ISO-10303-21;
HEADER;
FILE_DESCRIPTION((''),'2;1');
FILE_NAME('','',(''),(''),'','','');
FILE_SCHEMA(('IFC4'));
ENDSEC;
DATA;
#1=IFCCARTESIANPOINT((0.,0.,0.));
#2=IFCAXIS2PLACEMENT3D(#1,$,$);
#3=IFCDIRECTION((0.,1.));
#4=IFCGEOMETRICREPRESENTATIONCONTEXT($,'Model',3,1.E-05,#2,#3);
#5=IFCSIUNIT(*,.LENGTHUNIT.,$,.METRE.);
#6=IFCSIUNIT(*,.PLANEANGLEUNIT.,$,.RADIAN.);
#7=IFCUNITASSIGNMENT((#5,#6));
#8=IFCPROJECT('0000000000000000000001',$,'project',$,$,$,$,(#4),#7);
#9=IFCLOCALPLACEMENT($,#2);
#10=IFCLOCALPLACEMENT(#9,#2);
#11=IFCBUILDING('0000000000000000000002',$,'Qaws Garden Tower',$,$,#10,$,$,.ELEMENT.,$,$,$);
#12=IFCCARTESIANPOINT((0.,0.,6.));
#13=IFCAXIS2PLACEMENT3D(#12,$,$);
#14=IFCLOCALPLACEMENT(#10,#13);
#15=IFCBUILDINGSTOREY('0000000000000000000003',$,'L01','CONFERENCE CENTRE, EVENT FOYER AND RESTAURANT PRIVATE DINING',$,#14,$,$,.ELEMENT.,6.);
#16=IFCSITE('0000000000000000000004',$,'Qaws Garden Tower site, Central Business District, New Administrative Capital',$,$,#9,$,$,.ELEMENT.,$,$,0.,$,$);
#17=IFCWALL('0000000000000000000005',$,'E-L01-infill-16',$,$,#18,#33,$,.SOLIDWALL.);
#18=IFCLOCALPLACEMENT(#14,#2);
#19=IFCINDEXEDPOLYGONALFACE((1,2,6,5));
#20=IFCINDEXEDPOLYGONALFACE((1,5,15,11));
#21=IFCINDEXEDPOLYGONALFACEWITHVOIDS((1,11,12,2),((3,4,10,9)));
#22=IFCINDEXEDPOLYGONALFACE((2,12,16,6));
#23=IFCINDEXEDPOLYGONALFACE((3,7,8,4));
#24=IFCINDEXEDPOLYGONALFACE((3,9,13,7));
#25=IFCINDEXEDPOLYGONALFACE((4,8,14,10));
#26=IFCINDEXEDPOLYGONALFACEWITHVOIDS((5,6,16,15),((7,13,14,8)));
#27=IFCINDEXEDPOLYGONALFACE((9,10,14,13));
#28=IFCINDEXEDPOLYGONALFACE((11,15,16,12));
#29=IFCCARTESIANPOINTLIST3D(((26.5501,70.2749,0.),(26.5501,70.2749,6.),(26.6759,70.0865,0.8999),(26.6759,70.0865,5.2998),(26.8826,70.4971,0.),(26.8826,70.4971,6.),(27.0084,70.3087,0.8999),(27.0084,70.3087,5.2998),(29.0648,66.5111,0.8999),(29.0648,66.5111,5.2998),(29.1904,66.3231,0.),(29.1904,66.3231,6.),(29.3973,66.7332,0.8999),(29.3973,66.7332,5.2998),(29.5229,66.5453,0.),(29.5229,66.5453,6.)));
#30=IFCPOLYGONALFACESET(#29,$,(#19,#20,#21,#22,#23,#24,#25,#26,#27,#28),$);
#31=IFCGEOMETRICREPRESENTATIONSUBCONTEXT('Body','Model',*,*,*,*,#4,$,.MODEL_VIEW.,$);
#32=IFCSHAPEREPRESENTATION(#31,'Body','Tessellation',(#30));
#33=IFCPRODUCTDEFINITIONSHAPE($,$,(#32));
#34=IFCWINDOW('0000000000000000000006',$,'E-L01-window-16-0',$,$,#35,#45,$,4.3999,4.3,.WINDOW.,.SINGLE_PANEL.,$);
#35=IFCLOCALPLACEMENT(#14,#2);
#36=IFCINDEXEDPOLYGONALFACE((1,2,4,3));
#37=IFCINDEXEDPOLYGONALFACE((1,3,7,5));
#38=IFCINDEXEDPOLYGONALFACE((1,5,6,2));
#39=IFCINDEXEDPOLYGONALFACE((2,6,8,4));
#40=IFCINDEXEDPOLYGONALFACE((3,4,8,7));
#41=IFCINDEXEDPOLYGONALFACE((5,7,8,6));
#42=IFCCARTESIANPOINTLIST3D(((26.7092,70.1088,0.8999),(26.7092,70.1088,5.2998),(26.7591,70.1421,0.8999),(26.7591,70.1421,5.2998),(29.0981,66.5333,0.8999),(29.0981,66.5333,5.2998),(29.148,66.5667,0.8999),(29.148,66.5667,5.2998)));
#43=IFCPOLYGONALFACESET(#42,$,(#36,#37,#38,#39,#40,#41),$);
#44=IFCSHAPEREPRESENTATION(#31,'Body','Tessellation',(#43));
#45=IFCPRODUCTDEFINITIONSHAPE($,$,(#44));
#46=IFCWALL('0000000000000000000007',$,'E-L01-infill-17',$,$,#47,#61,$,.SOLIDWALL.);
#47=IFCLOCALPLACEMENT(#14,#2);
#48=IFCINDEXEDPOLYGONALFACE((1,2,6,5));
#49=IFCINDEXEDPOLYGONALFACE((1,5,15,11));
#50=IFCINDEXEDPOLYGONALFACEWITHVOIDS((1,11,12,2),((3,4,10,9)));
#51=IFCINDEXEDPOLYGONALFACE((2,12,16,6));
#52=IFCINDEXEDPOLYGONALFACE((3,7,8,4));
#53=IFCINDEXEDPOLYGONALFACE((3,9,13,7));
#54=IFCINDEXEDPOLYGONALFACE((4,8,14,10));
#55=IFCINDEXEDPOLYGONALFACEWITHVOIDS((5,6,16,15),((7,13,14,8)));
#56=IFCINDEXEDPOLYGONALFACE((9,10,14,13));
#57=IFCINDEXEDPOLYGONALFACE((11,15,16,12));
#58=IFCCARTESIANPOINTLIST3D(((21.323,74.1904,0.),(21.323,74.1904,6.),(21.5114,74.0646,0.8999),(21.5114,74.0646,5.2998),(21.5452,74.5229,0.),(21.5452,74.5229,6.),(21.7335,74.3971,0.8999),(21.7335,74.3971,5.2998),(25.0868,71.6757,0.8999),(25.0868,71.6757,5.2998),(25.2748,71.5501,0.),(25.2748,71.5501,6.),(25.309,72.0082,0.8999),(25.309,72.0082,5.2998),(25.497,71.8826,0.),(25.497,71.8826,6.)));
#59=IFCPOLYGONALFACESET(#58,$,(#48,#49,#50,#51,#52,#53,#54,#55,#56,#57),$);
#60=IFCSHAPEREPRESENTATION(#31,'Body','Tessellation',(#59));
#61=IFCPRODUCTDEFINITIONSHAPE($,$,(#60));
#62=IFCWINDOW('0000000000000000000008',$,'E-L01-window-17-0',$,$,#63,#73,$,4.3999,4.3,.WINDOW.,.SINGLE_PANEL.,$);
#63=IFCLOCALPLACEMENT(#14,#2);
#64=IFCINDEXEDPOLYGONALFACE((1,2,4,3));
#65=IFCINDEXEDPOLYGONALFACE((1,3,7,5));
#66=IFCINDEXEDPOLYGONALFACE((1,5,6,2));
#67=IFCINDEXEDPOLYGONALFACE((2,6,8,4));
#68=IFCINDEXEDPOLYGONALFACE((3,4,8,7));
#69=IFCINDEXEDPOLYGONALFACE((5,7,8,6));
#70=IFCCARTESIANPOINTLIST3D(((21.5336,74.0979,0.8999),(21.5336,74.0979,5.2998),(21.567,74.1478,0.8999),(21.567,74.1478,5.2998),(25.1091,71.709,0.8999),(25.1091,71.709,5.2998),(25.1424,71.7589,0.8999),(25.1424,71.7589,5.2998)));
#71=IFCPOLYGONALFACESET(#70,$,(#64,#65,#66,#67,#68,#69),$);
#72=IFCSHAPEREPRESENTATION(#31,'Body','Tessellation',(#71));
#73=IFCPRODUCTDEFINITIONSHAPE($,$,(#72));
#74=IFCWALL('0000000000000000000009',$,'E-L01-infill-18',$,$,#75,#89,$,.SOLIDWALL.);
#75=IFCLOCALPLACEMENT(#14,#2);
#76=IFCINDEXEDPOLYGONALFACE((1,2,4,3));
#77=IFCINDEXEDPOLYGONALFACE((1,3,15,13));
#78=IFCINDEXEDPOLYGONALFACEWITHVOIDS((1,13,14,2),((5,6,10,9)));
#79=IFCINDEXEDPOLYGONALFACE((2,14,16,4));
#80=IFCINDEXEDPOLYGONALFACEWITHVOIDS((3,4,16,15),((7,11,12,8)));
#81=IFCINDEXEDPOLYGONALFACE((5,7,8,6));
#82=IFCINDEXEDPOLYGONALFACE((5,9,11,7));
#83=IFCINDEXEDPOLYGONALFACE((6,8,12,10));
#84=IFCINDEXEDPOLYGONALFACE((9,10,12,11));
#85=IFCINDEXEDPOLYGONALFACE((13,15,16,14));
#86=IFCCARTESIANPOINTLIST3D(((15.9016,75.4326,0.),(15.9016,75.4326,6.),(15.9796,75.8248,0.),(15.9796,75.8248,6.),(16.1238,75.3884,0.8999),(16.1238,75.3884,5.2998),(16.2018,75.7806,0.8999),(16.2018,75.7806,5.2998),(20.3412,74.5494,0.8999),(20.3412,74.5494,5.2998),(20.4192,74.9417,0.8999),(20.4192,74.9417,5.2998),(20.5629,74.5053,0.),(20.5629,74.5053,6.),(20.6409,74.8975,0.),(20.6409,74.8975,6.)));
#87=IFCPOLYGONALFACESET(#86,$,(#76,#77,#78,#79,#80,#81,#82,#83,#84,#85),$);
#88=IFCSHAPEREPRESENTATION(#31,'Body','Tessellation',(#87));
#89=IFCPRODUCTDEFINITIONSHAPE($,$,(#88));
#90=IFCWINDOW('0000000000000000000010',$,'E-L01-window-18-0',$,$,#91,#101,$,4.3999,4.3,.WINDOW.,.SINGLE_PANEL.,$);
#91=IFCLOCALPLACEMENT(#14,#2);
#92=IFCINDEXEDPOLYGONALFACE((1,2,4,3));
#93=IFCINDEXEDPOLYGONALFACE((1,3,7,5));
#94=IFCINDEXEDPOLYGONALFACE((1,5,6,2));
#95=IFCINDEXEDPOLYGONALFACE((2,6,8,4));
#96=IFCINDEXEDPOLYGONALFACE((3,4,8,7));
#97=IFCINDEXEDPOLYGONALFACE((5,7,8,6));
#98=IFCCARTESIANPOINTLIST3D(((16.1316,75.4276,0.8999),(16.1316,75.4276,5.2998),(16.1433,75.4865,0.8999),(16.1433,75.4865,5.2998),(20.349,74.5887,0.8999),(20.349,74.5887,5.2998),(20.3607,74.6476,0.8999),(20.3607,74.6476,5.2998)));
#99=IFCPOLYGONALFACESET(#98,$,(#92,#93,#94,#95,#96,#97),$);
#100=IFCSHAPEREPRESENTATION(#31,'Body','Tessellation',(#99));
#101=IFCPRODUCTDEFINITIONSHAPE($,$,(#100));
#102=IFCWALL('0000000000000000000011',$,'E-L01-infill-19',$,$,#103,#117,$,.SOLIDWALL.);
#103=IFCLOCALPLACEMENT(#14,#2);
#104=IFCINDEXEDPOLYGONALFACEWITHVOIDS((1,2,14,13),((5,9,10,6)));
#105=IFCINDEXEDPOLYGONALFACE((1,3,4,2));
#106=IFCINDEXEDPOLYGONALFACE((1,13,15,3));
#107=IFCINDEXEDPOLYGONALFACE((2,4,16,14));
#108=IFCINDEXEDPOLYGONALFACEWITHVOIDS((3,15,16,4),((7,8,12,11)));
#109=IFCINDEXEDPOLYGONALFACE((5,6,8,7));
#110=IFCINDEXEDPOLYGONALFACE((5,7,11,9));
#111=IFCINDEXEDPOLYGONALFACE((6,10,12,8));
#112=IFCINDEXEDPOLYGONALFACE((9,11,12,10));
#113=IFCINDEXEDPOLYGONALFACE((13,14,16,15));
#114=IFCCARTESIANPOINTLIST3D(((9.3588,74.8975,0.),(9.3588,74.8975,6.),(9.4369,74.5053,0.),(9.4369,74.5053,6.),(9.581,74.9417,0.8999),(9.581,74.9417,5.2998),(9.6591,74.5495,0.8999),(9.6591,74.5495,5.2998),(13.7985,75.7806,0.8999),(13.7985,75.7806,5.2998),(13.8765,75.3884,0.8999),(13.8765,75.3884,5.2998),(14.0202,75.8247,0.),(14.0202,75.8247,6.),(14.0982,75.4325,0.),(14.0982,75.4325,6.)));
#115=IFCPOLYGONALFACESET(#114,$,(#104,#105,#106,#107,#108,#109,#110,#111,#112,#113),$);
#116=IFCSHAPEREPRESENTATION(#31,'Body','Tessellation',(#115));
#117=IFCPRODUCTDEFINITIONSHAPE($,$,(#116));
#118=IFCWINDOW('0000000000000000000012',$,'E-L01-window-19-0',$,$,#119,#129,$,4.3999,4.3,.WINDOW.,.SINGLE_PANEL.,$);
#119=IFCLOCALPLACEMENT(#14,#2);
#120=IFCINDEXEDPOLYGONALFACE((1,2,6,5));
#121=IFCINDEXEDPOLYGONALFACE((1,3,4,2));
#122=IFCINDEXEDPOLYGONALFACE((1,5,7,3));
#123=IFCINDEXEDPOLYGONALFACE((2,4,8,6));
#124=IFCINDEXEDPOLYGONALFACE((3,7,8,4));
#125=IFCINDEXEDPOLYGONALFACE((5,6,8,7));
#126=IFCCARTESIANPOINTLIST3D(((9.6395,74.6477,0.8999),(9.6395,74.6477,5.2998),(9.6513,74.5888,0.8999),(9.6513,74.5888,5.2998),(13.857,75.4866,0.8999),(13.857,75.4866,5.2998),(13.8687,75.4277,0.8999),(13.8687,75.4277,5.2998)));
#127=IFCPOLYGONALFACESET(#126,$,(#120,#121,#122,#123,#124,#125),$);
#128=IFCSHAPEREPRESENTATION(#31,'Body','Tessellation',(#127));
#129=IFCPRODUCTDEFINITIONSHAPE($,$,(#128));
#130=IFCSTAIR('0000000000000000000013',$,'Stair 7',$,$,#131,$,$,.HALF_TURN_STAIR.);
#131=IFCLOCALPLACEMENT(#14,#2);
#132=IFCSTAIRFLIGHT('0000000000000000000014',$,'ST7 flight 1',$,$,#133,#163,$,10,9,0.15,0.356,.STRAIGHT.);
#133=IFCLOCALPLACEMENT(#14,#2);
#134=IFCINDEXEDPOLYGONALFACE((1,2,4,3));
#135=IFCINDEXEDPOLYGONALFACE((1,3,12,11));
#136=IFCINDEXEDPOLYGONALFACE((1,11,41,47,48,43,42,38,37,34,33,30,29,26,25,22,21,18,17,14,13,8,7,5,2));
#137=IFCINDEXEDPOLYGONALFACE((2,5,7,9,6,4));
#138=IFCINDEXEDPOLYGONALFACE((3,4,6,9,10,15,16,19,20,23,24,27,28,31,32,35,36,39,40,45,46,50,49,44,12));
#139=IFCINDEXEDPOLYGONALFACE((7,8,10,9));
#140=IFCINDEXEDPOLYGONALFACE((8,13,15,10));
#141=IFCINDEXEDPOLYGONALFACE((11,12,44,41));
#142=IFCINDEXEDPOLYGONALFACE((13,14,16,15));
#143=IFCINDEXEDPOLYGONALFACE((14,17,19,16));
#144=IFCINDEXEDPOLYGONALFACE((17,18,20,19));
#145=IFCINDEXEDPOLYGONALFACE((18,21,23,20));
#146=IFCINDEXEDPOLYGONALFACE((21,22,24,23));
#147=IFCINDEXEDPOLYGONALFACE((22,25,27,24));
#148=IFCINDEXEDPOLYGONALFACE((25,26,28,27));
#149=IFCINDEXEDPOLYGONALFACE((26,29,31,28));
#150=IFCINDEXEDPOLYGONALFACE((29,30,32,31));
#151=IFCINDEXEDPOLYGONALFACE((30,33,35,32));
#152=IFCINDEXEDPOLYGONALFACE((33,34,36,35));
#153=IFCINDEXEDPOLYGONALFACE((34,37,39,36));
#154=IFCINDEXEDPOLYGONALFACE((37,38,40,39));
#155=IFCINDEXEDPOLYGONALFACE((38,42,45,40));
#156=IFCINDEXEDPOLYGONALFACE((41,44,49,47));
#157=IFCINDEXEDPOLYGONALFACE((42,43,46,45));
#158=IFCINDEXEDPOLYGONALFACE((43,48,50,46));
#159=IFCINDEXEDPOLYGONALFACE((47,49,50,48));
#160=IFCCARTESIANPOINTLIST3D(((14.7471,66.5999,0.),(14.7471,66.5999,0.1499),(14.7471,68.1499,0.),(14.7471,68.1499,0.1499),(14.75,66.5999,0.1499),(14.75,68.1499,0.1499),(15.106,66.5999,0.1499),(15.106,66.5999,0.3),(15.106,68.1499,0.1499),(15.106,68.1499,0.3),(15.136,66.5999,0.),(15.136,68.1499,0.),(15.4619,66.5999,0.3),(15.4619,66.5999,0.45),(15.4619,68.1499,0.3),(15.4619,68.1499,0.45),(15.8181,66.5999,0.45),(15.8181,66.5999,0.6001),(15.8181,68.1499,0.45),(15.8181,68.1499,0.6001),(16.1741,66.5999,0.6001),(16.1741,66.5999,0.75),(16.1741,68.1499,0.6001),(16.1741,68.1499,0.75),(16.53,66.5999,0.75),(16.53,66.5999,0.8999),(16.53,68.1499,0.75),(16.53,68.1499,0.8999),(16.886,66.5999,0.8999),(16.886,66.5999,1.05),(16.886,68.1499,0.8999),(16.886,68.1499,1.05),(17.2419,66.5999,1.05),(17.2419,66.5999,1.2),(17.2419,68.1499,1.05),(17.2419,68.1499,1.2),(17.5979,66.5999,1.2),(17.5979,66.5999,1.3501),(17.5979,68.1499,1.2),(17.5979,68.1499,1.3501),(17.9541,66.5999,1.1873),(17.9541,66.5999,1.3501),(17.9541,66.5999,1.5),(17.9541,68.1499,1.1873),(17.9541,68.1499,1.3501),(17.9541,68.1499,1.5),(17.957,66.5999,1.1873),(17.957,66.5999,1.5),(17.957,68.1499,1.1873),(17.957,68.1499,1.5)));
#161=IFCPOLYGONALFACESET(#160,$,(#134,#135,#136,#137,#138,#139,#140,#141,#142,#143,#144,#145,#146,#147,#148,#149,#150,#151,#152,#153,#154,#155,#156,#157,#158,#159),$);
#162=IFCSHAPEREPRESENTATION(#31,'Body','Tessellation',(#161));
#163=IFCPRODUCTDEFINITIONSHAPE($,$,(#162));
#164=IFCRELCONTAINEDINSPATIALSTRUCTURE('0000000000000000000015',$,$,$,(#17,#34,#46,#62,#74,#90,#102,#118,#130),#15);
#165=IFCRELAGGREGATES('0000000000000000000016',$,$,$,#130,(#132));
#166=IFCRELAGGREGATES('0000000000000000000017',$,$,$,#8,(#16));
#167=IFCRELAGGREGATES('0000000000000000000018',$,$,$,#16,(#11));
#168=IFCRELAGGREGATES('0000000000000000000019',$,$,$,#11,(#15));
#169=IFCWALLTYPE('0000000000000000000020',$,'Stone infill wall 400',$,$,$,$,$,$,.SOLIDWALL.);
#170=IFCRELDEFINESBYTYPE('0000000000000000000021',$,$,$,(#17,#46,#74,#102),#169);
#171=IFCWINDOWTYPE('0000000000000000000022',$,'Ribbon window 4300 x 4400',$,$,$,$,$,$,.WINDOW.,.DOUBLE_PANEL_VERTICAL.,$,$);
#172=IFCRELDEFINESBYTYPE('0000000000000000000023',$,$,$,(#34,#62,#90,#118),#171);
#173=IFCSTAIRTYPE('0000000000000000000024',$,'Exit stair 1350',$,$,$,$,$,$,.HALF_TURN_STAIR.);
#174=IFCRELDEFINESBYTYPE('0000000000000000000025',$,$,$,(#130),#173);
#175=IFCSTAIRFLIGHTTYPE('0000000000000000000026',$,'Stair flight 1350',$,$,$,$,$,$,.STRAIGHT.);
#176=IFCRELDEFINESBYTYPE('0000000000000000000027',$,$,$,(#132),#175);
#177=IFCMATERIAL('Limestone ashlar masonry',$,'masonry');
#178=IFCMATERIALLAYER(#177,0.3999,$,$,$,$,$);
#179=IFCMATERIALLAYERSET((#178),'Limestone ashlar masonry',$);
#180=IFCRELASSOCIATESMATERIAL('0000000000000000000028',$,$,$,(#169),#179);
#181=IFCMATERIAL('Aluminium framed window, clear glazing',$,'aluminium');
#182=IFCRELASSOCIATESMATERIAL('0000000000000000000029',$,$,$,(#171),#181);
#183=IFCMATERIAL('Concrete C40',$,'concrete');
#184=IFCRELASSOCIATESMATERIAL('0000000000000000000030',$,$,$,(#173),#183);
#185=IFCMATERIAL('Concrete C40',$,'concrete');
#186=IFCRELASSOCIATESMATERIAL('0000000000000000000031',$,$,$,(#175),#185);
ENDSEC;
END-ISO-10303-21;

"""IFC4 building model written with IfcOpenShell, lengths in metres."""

from ifc_helpers import new_model, si_unit, direction, frame, frame_2d, origin, place, context, subcontext, project, spatial, polyline, rectangle, outline, extrude, material, layer, layer_set, type_object, element, fill, aggregate, save


model = new_model("IFC4")

# Units and contexts
model_context = context("Model", 3, precision=1e-05, world=origin(), true_north=direction((0.0, 1.0)))
body_context = subcontext(model_context, "Body", "Model", "MODEL_VIEW")
ifc_project = project(units=[si_unit("LENGTHUNIT", "METRE"), si_unit("PLANEANGLEUNIT", "RADIAN")], contexts=[model_context])

# Site, building, storey
site_placement = place(None, origin())
site = spatial("IfcSite", under=ifc_project, at=site_placement, Name="Qaws Garden Tower site, Central Business District, New Administrative Capital", CompositionType="ELEMENT", RefElevation=0.0)
building_placement = place(site_placement, origin())
building = spatial("IfcBuilding", under=site, at=building_placement, Name="Qaws Garden Tower", CompositionType="ELEMENT")
storey_placement = place(building_placement, frame((0.0, 0.0, 6.0)))
storey = spatial("IfcBuildingStorey", under=building, at=storey_placement, Name="L01", Description="CONFERENCE CENTRE, EVENT FOYER AND RESTAURANT PRIVATE DINING", CompositionType="ELEMENT", Elevation=6.0)

# Walls, openings, windows
ifc_material_1 = material(Name="Limestone ashlar masonry", Category="masonry")
ifc_layer_1 = layer(ifc_material_1, 0.3999)
ifc_layer_set_1 = layer_set([ifc_layer_1], Name="Limestone ashlar masonry")
wall_type_1 = type_object("IfcWallType", Name="Stone infill wall 400", PredefinedType="SOLIDWALL", material=ifc_layer_set_1)
wall_1_placement = place(storey_placement, frame((29.3567, 66.4341, 0.0), z_axis=(0.0, 0.0, 1.0), x_axis=(-0.555542, 0.831489, 0.0)))
wall_1 = element("IfcWall", 1, at=wall_1_placement, inside=storey, type_object=wall_type_1, Name="E-L01-infill-16", PredefinedType="SOLIDWALL", context=body_context, shape_type="SweptSolid", body=[
    extrude(rectangle(XDim=4.7527, YDim=0.3999, at=frame_2d((2.3765, 0.0))), origin(), (0.0, 0.0, 1.0), 6.0),
])
opening_1_placement = place(wall_1_placement, frame((0.2263, 0.0, 0.8999)))
opening_1 = element("IfcOpeningElement", 2, at=opening_1_placement, cuts=wall_1, PredefinedType="OPENING", context=body_context, shape_type="SweptSolid", body=[
    extrude(rectangle(XDim=4.3, YDim=4.3999, at=frame_2d((2.1499, 2.2))), frame((0.0, 0.21, 0.0), z_axis=(0.0, -1.0, 0.0), x_axis=(1.0, 0.0, 0.0)), (0.0, 0.0, 1.0), 0.4199),
])
ifc_material_2 = material(Name="Aluminium framed window, clear glazing", Category="aluminium")
window_type = type_object("IfcWindowType", Name="Ribbon window 4300 x 4400", PartitioningType="DOUBLE_PANEL_VERTICAL", PredefinedType="WINDOW", material=ifc_material_2)
window_1_placement = place(opening_1_placement, origin())
window_1 = element("IfcWindow", 3, at=window_1_placement, inside=storey, type_object=window_type, Name="E-L01-window-16-0", OverallHeight=4.3999, OverallWidth=4.3, PartitioningType="SINGLE_PANEL", PredefinedType="WINDOW", context=body_context, shape_type="SweptSolid", body=[
    extrude(rectangle(XDim=4.3, YDim=4.3999, at=frame_2d((2.1499, 2.2))), frame((0.0, 0.1599, 0.0), z_axis=(0.0, -1.0, 0.0), x_axis=(1.0, 0.0, 0.0)), (0.0, 0.0, 1.0), 0.0601),
])
fill(opening_1, window_1)
wall_2_placement = place(storey_placement, frame((25.386, 71.7163, 0.0), z_axis=(0.0, 0.0, 1.0), x_axis=(-0.831489, 0.555542, 0.0)))
wall_2 = element("IfcWall", 4, at=wall_2_placement, inside=storey, type_object=wall_type_1, Name="E-L01-infill-17", PredefinedType="SOLIDWALL", context=body_context, shape_type="SweptSolid", body=[
    extrude(rectangle(XDim=4.7527, YDim=0.3999, at=frame_2d((2.3765, 0.0))), origin(), (0.0, 0.0, 1.0), 6.0),
])
opening_2_placement = place(wall_2_placement, frame((0.2263, 0.0, 0.8999)))
opening_2 = element("IfcOpeningElement", 5, at=opening_2_placement, cuts=wall_2, PredefinedType="OPENING", context=body_context, shape_type="SweptSolid", body=[
    extrude(rectangle(XDim=4.3, YDim=4.3999, at=frame_2d((2.1499, 2.2))), frame((0.0, 0.21, 0.0), z_axis=(0.0, -1.0, 0.0), x_axis=(1.0, 0.0, 0.0)), (0.0, 0.0, 1.0), 0.4199),
])
window_2_placement = place(opening_2_placement, origin())
window_2 = element("IfcWindow", 6, at=window_2_placement, inside=storey, type_object=window_type, Name="E-L01-window-17-0", OverallHeight=4.3999, OverallWidth=4.3, PartitioningType="SINGLE_PANEL", PredefinedType="WINDOW", context=body_context, shape_type="SweptSolid", body=[
    extrude(rectangle(XDim=4.3, YDim=4.3999, at=frame_2d((2.1499, 2.2))), frame((0.0, 0.1599, 0.0), z_axis=(0.0, -1.0, 0.0), x_axis=(1.0, 0.0, 0.0)), (0.0, 0.0, 1.0), 0.0601),
])
fill(opening_2, window_2)
wall_3_placement = place(storey_placement, frame((20.6021, 74.7014, 0.0), z_axis=(0.0, 0.0, 1.0), x_axis=(-0.980784, 0.195099, 0.0)))
wall_3 = element("IfcWall", 7, at=wall_3_placement, inside=storey, type_object=wall_type_1, Name="E-L01-infill-18", PredefinedType="SOLIDWALL", context=body_context, shape_type="SweptSolid", body=[
    extrude(rectangle(XDim=4.7527, YDim=0.3999, at=frame_2d((2.3765, 0.0))), origin(), (0.0, 0.0, 1.0), 6.0),
])
opening_3_placement = place(wall_3_placement, frame((0.2263, 0.0, 0.8999)))
opening_3 = element("IfcOpeningElement", 8, at=opening_3_placement, cuts=wall_3, PredefinedType="OPENING", context=body_context, shape_type="SweptSolid", body=[
    extrude(rectangle(XDim=4.3, YDim=4.3999, at=frame_2d((2.1499, 2.2))), frame((0.0, 0.21, 0.0), z_axis=(0.0, -1.0, 0.0), x_axis=(1.0, 0.0, 0.0)), (0.0, 0.0, 1.0), 0.4199),
])
window_3_placement = place(opening_3_placement, origin())
window_3 = element("IfcWindow", 9, at=window_3_placement, inside=storey, type_object=window_type, Name="E-L01-window-18-0", OverallHeight=4.3999, OverallWidth=4.3, PartitioningType="SINGLE_PANEL", PredefinedType="WINDOW", context=body_context, shape_type="SweptSolid", body=[
    extrude(rectangle(XDim=4.3, YDim=4.3999, at=frame_2d((2.1499, 2.2))), frame((0.0, 0.1599, 0.0), z_axis=(0.0, -1.0, 0.0), x_axis=(1.0, 0.0, 0.0)), (0.0, 0.0, 1.0), 0.0601),
])
fill(opening_3, window_3)
wall_4_placement = place(storey_placement, frame((14.0593, 75.6287, 0.0), z_axis=(0.0, 0.0, 1.0), x_axis=(-0.980784, -0.195099, 0.0)))
wall_4 = element("IfcWall", 10, at=wall_4_placement, inside=storey, type_object=wall_type_1, Name="E-L01-infill-19", PredefinedType="SOLIDWALL", context=body_context, shape_type="SweptSolid", body=[
    extrude(rectangle(XDim=4.7527, YDim=0.3999, at=frame_2d((2.3765, 0.0))), origin(), (0.0, 0.0, 1.0), 6.0),
])
opening_4_placement = place(wall_4_placement, frame((0.2263, 0.0, 0.8999)))
opening_4 = element("IfcOpeningElement", 11, at=opening_4_placement, cuts=wall_4, PredefinedType="OPENING", context=body_context, shape_type="SweptSolid", body=[
    extrude(rectangle(XDim=4.3, YDim=4.3999, at=frame_2d((2.1499, 2.2))), frame((0.0, 0.21, 0.0), z_axis=(0.0, -1.0, 0.0), x_axis=(1.0, 0.0, 0.0)), (0.0, 0.0, 1.0), 0.4199),
])
window_4_placement = place(opening_4_placement, origin())
window_4 = element("IfcWindow", 12, at=window_4_placement, inside=storey, type_object=window_type, Name="E-L01-window-19-0", OverallHeight=4.3999, OverallWidth=4.3, PartitioningType="SINGLE_PANEL", PredefinedType="WINDOW", context=body_context, shape_type="SweptSolid", body=[
    extrude(rectangle(XDim=4.3, YDim=4.3999, at=frame_2d((2.1499, 2.2))), frame((0.0, 0.1599, 0.0), z_axis=(0.0, -1.0, 0.0), x_axis=(1.0, 0.0, 0.0)), (0.0, 0.0, 1.0), 0.0601),
])
fill(opening_4, window_4)

# Stair, stair flight
ifc_material_3 = material(Name="Concrete C40", Category="concrete")
stair_type = type_object("IfcStairType", Name="Exit stair 1350", PredefinedType="HALF_TURN_STAIR", material=ifc_material_3)
stair_placement = place(storey_placement, origin())
stair = element("IfcStair", 13, at=stair_placement, inside=storey, type_object=stair_type, Name="Stair 7", PredefinedType="HALF_TURN_STAIR")
ifc_material_4 = material(Name="Concrete C40", Category="concrete")
stair_flight_type = type_object("IfcStairFlightType", Name="Stair flight 1350", PredefinedType="STRAIGHT", material=ifc_material_4)
stair_flight_1_placement = place(storey_placement, frame((14.75, 67.375, 0.0), z_axis=(0.0, 0.0, 1.0), x_axis=(1.0, 0.0, 0.0)))
stair_flight_1 = element("IfcStairFlight", 14, at=stair_flight_1_placement, type_object=stair_flight_type, Name="ST7 flight 1", NumberOfRisers=10, NumberOfTreads=9, PredefinedType="STRAIGHT", RiserHeight=0.15, TreadLength=0.356, context=body_context, shape_type="SweptSolid", body=[
    extrude(outline(polyline([(-0.0029, 0.0), (-0.0029, 0.1499), (0.0, 0.1499), (0.356, 0.1499), (0.356, 0.3), (0.7119, 0.3), (0.7119, 0.45), (1.0681, 0.45), (1.0681, 0.6001), (1.4241, 0.6001), (1.4241, 0.75), (1.78, 0.75), (1.78, 0.8999), (2.136, 0.8999), (2.136, 1.05), (2.4919, 1.05), (2.4919, 1.2), (2.8479, 1.2), (2.8479, 1.3501), (3.2041, 1.3501), (3.2041, 1.5), (3.207, 1.5), (3.207, 1.1873), (3.2041, 1.1873), (0.386, 0.0), (-0.0029, 0.0)])), frame((0.0, 0.7749, 0.0), z_axis=(0.0, -1.0, 0.0), x_axis=(1.0, 0.0, 0.0)), (0.0, 0.0, 1.0), 1.55),
])
aggregate(stair, [stair_flight_1])

save(model, "model.ifc")
